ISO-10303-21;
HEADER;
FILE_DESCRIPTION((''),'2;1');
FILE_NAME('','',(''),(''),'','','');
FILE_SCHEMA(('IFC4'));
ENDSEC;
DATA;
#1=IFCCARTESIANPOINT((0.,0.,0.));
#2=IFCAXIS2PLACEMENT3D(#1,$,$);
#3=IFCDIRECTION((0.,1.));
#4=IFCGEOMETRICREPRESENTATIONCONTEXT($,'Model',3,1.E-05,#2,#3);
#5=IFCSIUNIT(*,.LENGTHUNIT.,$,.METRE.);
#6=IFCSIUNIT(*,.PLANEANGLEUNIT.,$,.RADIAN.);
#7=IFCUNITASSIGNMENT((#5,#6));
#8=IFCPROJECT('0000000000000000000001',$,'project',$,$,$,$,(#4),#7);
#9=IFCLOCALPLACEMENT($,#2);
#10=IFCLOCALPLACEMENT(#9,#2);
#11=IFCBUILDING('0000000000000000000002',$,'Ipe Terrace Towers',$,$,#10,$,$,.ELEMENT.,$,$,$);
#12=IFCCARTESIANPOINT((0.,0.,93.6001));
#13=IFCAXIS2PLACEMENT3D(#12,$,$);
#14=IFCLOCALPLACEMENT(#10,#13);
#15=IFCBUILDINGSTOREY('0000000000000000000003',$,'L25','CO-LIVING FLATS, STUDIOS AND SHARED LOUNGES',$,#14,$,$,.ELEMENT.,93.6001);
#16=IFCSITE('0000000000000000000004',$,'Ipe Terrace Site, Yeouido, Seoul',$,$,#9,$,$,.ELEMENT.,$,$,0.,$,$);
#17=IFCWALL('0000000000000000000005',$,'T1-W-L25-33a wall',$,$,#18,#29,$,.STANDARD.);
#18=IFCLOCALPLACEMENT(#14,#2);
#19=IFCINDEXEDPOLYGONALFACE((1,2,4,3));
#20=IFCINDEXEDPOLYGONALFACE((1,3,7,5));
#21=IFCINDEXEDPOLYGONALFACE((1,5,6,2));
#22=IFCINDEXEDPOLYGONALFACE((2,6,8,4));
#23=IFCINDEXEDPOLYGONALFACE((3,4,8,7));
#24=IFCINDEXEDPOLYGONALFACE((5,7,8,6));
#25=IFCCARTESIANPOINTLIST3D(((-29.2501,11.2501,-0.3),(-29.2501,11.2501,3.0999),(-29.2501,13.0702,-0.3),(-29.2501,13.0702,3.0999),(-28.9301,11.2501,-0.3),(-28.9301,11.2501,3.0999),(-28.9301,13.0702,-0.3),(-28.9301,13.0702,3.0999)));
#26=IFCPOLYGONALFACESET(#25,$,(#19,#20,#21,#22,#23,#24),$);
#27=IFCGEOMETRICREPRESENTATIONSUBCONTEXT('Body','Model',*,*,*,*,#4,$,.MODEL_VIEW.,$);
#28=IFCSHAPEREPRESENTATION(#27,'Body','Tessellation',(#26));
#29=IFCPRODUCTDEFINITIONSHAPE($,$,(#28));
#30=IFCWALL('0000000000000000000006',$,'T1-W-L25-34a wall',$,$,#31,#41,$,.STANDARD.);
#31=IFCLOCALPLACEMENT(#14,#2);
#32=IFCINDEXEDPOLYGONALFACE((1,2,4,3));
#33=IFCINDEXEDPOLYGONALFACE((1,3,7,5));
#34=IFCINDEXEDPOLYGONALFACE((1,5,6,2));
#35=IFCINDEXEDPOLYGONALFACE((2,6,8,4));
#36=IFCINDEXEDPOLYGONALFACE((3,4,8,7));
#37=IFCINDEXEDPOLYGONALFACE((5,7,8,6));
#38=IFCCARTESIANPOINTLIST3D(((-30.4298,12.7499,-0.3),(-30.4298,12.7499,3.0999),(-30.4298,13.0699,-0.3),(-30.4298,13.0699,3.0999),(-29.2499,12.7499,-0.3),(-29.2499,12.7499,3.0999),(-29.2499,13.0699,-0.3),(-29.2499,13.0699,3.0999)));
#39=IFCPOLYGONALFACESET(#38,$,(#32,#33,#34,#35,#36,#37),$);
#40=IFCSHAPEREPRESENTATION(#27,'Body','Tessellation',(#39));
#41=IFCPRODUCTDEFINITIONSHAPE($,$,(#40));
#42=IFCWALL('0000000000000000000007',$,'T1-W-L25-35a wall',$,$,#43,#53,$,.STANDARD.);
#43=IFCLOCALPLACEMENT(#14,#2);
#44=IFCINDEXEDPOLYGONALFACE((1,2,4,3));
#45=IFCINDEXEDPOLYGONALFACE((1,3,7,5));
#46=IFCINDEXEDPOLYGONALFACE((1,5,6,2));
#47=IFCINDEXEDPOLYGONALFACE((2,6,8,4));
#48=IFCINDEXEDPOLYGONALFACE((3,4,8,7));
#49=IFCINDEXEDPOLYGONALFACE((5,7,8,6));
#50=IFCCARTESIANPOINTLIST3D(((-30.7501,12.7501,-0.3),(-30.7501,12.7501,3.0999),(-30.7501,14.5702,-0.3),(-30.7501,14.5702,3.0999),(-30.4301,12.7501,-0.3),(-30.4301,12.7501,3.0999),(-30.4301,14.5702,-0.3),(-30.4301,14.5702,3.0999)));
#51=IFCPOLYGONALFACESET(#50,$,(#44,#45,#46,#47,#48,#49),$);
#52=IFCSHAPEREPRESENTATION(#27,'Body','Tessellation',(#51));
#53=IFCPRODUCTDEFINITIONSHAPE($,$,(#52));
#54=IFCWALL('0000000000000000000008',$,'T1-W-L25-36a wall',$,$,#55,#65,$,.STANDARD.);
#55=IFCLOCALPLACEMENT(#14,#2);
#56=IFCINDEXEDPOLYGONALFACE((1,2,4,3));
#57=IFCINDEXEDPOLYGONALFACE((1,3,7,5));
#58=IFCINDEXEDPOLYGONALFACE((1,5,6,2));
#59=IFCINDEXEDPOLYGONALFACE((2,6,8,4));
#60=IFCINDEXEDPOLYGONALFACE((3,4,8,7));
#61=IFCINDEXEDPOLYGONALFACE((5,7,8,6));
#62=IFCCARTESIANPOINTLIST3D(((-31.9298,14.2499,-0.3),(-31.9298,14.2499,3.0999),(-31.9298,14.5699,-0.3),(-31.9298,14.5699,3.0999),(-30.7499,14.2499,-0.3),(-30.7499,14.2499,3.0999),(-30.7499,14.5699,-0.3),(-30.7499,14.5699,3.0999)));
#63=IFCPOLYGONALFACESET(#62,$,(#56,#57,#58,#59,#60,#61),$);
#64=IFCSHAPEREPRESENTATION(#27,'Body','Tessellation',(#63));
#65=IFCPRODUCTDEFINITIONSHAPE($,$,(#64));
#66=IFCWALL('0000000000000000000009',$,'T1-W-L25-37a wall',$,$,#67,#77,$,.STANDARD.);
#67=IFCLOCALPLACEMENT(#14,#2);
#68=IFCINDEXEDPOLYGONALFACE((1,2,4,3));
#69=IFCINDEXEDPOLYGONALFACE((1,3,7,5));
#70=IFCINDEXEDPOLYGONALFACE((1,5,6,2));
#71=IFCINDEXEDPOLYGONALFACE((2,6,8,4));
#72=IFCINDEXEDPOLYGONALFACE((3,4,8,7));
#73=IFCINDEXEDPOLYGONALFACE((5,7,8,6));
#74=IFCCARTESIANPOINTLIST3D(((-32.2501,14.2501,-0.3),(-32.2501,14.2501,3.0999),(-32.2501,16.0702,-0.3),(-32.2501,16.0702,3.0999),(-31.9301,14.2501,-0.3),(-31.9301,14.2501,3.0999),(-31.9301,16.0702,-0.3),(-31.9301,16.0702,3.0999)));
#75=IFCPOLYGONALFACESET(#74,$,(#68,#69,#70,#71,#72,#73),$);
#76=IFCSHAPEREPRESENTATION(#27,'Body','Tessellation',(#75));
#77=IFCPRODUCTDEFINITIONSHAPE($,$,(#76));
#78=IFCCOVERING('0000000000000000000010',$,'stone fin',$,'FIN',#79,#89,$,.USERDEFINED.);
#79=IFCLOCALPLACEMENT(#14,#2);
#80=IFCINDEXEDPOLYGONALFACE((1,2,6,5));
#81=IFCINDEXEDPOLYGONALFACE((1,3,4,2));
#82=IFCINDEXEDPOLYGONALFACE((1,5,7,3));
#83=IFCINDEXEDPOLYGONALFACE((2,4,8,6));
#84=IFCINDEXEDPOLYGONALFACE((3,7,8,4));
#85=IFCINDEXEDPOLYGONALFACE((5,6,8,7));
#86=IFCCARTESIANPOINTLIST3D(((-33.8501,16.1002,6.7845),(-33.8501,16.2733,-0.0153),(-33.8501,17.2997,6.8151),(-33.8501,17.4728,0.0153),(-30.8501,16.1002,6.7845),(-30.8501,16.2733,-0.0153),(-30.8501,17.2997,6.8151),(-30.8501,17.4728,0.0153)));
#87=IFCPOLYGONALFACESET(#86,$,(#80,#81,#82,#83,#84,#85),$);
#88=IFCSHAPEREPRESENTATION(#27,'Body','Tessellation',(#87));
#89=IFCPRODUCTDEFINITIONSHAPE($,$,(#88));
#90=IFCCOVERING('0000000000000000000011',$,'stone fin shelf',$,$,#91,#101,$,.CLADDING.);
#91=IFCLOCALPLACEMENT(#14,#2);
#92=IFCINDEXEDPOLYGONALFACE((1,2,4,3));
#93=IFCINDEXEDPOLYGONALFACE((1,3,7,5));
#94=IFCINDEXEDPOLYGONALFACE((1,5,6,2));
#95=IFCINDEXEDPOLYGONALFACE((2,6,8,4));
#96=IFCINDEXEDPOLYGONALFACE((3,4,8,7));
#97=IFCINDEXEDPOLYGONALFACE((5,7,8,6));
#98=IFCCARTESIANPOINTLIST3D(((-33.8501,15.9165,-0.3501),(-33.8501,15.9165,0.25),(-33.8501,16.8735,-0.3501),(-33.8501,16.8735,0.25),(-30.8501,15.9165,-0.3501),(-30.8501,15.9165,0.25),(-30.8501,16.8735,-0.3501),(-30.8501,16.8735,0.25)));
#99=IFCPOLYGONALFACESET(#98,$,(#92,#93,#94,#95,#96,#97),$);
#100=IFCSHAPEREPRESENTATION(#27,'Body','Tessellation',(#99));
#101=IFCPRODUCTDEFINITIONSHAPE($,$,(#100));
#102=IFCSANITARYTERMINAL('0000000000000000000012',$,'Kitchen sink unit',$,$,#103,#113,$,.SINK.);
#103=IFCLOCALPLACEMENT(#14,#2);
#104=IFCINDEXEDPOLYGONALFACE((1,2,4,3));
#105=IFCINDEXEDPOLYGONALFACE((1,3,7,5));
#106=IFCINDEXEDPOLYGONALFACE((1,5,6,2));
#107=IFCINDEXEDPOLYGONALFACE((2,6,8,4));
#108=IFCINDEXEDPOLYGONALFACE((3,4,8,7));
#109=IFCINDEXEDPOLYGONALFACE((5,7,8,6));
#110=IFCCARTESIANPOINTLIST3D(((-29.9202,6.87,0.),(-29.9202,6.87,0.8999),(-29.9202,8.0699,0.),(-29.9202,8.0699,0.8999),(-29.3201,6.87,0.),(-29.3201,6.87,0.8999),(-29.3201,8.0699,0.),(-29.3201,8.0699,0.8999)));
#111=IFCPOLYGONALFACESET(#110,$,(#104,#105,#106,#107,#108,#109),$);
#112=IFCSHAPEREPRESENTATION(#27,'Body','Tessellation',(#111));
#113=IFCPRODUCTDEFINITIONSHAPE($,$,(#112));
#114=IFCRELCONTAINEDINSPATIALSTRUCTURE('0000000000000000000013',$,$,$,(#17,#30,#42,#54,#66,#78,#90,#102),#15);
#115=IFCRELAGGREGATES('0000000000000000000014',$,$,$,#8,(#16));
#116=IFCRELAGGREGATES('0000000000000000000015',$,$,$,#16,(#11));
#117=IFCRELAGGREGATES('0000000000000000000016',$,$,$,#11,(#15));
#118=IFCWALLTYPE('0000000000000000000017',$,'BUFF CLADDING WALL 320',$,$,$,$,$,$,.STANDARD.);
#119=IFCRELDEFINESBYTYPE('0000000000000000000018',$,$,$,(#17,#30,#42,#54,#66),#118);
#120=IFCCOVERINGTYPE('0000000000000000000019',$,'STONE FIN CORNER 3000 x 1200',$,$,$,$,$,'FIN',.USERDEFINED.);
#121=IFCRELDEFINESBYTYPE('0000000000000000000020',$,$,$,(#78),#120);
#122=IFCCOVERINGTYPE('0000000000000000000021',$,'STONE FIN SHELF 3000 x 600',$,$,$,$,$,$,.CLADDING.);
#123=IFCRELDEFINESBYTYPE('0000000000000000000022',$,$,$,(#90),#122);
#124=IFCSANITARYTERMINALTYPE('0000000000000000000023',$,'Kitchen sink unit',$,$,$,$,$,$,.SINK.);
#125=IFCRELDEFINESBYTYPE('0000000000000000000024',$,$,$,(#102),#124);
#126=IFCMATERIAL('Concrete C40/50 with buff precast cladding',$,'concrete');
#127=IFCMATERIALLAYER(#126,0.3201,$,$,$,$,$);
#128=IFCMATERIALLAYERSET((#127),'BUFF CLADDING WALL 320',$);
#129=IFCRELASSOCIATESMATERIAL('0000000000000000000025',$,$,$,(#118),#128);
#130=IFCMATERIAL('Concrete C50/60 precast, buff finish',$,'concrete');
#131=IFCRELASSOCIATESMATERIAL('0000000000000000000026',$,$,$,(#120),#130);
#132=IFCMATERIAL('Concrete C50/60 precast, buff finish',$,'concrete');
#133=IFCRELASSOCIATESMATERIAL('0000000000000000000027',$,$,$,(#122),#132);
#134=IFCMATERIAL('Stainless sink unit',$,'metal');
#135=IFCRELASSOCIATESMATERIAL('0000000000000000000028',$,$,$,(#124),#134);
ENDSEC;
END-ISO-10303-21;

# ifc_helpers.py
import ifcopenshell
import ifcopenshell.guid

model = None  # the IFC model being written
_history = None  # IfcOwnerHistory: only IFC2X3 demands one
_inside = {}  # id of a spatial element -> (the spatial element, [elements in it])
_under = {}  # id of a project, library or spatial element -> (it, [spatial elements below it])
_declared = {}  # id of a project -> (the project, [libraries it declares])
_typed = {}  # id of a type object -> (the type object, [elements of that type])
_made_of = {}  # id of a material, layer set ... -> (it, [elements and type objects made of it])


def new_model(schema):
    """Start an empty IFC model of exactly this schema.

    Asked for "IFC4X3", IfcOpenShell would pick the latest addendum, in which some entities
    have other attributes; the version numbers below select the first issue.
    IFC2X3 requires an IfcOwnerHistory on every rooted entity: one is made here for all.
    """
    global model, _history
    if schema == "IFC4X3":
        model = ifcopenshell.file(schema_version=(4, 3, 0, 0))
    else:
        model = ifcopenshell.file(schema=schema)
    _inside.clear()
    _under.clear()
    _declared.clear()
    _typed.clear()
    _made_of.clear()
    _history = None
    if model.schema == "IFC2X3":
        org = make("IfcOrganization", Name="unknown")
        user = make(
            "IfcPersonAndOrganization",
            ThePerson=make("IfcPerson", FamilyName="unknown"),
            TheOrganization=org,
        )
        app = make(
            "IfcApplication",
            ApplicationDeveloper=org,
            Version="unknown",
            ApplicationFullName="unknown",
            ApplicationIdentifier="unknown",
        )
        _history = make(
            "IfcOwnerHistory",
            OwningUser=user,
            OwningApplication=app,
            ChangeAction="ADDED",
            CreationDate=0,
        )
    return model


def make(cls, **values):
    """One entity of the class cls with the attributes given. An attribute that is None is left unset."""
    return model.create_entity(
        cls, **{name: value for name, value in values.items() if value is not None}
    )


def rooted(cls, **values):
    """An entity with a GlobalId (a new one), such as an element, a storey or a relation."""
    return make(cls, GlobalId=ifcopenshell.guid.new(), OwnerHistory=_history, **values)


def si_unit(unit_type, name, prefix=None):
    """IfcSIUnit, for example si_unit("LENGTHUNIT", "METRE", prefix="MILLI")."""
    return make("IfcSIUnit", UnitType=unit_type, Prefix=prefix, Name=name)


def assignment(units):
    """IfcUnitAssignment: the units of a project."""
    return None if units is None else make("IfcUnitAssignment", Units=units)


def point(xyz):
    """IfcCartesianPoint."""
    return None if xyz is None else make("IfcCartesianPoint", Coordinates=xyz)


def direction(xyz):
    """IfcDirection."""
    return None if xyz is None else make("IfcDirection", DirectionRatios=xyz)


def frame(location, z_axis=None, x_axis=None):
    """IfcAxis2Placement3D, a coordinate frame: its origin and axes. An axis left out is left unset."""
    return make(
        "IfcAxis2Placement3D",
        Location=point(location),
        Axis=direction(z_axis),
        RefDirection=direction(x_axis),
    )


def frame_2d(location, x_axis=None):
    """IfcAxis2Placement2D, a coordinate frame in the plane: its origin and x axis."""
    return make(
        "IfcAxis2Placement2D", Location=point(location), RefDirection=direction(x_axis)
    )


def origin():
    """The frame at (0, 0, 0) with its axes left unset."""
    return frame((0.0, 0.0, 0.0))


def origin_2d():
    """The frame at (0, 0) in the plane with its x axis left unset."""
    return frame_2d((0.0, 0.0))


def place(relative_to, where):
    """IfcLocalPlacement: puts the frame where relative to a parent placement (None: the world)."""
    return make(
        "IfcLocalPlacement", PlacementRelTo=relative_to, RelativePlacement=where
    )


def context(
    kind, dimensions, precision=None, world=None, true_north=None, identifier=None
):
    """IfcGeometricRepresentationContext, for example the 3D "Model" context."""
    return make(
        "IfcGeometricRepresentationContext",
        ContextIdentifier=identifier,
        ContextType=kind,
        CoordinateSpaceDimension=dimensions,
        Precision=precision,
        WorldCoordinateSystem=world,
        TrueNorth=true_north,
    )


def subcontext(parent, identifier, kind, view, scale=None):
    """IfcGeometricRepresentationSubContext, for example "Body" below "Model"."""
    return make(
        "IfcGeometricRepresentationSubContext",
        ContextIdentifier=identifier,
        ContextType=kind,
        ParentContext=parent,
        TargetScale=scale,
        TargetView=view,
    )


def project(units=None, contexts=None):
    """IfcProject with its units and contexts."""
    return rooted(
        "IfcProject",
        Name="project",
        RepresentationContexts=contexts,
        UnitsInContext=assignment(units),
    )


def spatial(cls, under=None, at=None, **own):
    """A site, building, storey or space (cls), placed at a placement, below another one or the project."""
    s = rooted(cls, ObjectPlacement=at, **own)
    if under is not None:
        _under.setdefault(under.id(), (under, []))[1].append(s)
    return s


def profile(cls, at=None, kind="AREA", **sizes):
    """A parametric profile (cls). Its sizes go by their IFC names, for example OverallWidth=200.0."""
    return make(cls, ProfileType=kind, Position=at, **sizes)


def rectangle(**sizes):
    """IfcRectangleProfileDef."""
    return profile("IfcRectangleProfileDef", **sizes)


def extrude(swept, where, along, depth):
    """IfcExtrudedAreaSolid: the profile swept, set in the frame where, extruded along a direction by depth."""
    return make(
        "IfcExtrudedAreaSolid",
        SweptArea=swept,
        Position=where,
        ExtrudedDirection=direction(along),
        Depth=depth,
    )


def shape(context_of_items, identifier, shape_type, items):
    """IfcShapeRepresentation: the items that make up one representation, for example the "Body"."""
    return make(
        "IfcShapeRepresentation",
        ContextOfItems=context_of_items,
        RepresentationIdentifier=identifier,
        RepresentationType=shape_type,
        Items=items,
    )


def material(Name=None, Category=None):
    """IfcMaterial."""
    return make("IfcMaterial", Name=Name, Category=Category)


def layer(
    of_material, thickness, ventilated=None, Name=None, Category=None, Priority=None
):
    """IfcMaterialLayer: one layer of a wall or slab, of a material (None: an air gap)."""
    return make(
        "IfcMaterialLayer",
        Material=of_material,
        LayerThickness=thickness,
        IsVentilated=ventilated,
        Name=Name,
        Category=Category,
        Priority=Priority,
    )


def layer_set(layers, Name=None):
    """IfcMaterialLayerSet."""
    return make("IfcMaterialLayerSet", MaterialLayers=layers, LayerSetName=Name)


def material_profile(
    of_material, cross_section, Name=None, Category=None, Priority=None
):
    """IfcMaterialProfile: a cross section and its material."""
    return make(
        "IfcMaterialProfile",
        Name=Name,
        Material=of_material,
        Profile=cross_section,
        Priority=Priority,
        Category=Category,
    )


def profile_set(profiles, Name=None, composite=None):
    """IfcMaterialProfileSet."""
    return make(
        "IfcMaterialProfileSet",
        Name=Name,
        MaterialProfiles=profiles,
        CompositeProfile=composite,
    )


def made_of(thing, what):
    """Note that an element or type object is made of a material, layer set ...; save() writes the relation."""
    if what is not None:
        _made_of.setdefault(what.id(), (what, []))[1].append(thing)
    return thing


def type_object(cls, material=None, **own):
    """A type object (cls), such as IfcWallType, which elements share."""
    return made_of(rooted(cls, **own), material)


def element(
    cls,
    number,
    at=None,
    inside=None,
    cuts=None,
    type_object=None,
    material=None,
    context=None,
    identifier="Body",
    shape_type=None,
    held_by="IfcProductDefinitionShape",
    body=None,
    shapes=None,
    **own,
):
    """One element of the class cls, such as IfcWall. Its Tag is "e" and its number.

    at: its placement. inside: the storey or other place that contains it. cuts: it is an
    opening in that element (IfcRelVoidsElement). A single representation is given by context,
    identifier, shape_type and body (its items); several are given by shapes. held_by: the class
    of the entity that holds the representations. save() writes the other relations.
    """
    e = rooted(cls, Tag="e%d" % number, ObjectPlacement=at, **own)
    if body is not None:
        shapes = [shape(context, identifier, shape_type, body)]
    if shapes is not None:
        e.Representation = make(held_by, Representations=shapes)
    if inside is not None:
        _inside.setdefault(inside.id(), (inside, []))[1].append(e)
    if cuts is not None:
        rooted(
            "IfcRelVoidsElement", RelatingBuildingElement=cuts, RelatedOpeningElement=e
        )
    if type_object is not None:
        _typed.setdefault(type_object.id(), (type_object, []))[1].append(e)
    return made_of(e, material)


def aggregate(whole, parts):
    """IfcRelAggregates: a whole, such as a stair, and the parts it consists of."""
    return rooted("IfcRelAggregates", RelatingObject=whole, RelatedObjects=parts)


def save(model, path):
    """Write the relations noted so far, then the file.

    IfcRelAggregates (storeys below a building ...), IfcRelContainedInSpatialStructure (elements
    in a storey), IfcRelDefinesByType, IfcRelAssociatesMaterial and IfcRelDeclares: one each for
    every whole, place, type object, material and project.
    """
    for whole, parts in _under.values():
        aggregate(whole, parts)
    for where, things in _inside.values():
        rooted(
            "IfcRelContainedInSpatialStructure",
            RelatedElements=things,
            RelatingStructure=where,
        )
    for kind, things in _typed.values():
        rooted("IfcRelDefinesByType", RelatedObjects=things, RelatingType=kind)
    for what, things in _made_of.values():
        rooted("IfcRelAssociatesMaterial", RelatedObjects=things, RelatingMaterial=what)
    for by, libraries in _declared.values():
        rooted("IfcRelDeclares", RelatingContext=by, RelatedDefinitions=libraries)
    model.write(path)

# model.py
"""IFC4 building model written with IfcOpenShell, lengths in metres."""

from ifc_helpers import new_model, si_unit, direction, frame, frame_2d, origin, origin_2d, place, context, subcontext, project, spatial, rectangle, extrude, material, layer, layer_set, material_profile, profile_set, type_object, element, save


model = new_model("IFC4")

# Units and contexts
model_context = context("Model", 3, precision=1e-05, world=origin(), true_north=direction((0.0, 1.0)))
body_context = subcontext(model_context, "Body", "Model", "MODEL_VIEW")
ifc_project = project(units=[si_unit("LENGTHUNIT", "METRE"), si_unit("PLANEANGLEUNIT", "RADIAN")], contexts=[model_context])

# Site, building, storey
site_placement = place(None, origin())
site = spatial("IfcSite", under=ifc_project, at=site_placement, Name="Ipe Terrace Site, Yeouido, Seoul", CompositionType="ELEMENT", RefElevation=0.0)
building_placement = place(site_placement, origin())
building = spatial("IfcBuilding", under=site, at=building_placement, Name="Ipe Terrace Towers", CompositionType="ELEMENT")
storey_placement = place(building_placement, frame((0.0, 0.0, 93.6001)))
storey = spatial("IfcBuildingStorey", under=building, at=storey_placement, Name="L25", Description="CO-LIVING FLATS, STUDIOS AND SHARED LOUNGES", CompositionType="ELEMENT", Elevation=93.6001)

# Walls
ifc_material_1 = material(Name="Concrete C40/50 with buff precast cladding", Category="concrete")
ifc_layer_1 = layer(ifc_material_1, 0.3201)
ifc_layer_set_1 = layer_set([ifc_layer_1], Name="BUFF CLADDING WALL 320")
wall_type = type_object("IfcWallType", Name="BUFF CLADDING WALL 320", PredefinedType="STANDARD", material=ifc_layer_set_1)
wall_1_placement = place(storey_placement, frame((-29.0901, 11.25, -0.3), z_axis=(0.0, 0.0, 1.0), x_axis=(0.0, 1.0, 0.0)))
element("IfcWall", 1, at=wall_1_placement, inside=storey, type_object=wall_type, Name="T1-W-L25-33a wall", PredefinedType="STANDARD", context=body_context, shape_type="SweptSolid", body=[
    extrude(rectangle(XDim=1.8201, YDim=0.3201, at=frame_2d((0.9102, 0.0))), origin(), (0.0, 0.0, 1.0), 3.3999),
])
wall_2_placement = place(storey_placement, frame((-29.25, 12.9099, -0.3), z_axis=(0.0, 0.0, 1.0), x_axis=(-1.0, 0.0, 0.0)))
element("IfcWall", 2, at=wall_2_placement, inside=storey, type_object=wall_type, Name="T1-W-L25-34a wall", PredefinedType="STANDARD", context=body_context, shape_type="SweptSolid", body=[
    extrude(rectangle(XDim=1.1799, YDim=0.3201, at=frame_2d((0.5898, 0.0))), origin(), (0.0, 0.0, 1.0), 3.3999),
])
wall_3_placement = place(storey_placement, frame((-30.5901, 12.75, -0.3), z_axis=(0.0, 0.0, 1.0), x_axis=(0.0, 1.0, 0.0)))
element("IfcWall", 3, at=wall_3_placement, inside=storey, type_object=wall_type, Name="T1-W-L25-35a wall", PredefinedType="STANDARD", context=body_context, shape_type="SweptSolid", body=[
    extrude(rectangle(XDim=1.8201, YDim=0.3201, at=frame_2d((0.9102, 0.0))), origin(), (0.0, 0.0, 1.0), 3.3999),
])
wall_4_placement = place(storey_placement, frame((-30.75, 14.4099, -0.3), z_axis=(0.0, 0.0, 1.0), x_axis=(-1.0, 0.0, 0.0)))
element("IfcWall", 4, at=wall_4_placement, inside=storey, type_object=wall_type, Name="T1-W-L25-36a wall", PredefinedType="STANDARD", context=body_context, shape_type="SweptSolid", body=[
    extrude(rectangle(XDim=1.1799, YDim=0.3201, at=frame_2d((0.5898, 0.0))), origin(), (0.0, 0.0, 1.0), 3.3999),
])
wall_5_placement = place(storey_placement, frame((-32.0901, 14.25, -0.3), z_axis=(0.0, 0.0, 1.0), x_axis=(0.0, 1.0, 0.0)))
element("IfcWall", 5, at=wall_5_placement, inside=storey, type_object=wall_type, Name="T1-W-L25-37a wall", PredefinedType="STANDARD", context=body_context, shape_type="SweptSolid", body=[
    extrude(rectangle(XDim=1.8201, YDim=0.3201, at=frame_2d((0.9102, 0.0))), origin(), (0.0, 0.0, 1.0), 3.3999),
])

# Coverings
ifc_material_2 = material(Name="Concrete C50/60 precast, buff finish", Category="concrete")
ifc_material_profile_1 = material_profile(ifc_material_2, rectangle(XDim=3.0, YDim=1.2, at=origin_2d()), Name="STONE FIN CORNER 3000 x 1200")
ifc_profile_set_1 = profile_set([ifc_material_profile_1], Name="Concrete C50/60 precast, buff finish")
covering_type_1 = type_object("IfcCoveringType", Name="STONE FIN CORNER 3000 x 1200", ElementType="FIN", PredefinedType="USERDEFINED", material=ifc_profile_set_1)
covering_1_placement = place(storey_placement, frame((-32.3501, 16.873, 0.0), z_axis=(0.0, -0.025448, 0.999676), x_axis=(-1.0, 0.0, 0.0)))
element("IfcCovering", 6, at=covering_1_placement, inside=storey, type_object=covering_type_1, Name="stone fin", ObjectType="FIN", PredefinedType="USERDEFINED", context=body_context, shape_type="SweptSolid", body=[
    extrude(rectangle(XDim=3.0, YDim=1.2, at=origin_2d()), origin(), (0.0, 0.0, 1.0), 6.802),
])
ifc_material_3 = material(Name="Concrete C50/60 precast, buff finish", Category="concrete")
covering_type_2 = type_object("IfcCoveringType", Name="STONE FIN SHELF 3000 x 600", PredefinedType="CLADDING", material=ifc_material_3)
covering_2_placement = place(storey_placement, frame((-32.3501, 16.395, -0.3501), z_axis=(0.0, 0.0, 1.0), x_axis=(-1.0, 0.0, 0.0)))
element("IfcCovering", 7, at=covering_2_placement, inside=storey, type_object=covering_type_2, Name="stone fin shelf", PredefinedType="CLADDING", context=body_context, shape_type="SweptSolid", body=[
    extrude(rectangle(XDim=3.0, YDim=0.957, at=origin_2d()), origin(), (0.0, 0.0, 1.0), 0.6001),
])

# Sanitary terminal
ifc_material_4 = material(Name="Stainless sink unit", Category="metal")
sanitary_terminal_type = type_object("IfcSanitaryTerminalType", Name="Kitchen sink unit", PredefinedType="SINK", material=ifc_material_4)
sanitary_terminal_placement = place(storey_placement, frame((-29.6201, 7.47, 0.0), z_axis=(0.0, 0.0, 1.0), x_axis=(0.0, -1.0, 0.0)))
element("IfcSanitaryTerminal", 8, at=sanitary_terminal_placement, inside=storey, type_object=sanitary_terminal_type, Name="Kitchen sink unit", PredefinedType="SINK", context=body_context, shape_type="SweptSolid", body=[
    extrude(rectangle(XDim=1.2, YDim=0.6001, at=origin_2d()), origin(), (0.0, 0.0, 1.0), 0.8999),
])

save(model, "model.ifc")
